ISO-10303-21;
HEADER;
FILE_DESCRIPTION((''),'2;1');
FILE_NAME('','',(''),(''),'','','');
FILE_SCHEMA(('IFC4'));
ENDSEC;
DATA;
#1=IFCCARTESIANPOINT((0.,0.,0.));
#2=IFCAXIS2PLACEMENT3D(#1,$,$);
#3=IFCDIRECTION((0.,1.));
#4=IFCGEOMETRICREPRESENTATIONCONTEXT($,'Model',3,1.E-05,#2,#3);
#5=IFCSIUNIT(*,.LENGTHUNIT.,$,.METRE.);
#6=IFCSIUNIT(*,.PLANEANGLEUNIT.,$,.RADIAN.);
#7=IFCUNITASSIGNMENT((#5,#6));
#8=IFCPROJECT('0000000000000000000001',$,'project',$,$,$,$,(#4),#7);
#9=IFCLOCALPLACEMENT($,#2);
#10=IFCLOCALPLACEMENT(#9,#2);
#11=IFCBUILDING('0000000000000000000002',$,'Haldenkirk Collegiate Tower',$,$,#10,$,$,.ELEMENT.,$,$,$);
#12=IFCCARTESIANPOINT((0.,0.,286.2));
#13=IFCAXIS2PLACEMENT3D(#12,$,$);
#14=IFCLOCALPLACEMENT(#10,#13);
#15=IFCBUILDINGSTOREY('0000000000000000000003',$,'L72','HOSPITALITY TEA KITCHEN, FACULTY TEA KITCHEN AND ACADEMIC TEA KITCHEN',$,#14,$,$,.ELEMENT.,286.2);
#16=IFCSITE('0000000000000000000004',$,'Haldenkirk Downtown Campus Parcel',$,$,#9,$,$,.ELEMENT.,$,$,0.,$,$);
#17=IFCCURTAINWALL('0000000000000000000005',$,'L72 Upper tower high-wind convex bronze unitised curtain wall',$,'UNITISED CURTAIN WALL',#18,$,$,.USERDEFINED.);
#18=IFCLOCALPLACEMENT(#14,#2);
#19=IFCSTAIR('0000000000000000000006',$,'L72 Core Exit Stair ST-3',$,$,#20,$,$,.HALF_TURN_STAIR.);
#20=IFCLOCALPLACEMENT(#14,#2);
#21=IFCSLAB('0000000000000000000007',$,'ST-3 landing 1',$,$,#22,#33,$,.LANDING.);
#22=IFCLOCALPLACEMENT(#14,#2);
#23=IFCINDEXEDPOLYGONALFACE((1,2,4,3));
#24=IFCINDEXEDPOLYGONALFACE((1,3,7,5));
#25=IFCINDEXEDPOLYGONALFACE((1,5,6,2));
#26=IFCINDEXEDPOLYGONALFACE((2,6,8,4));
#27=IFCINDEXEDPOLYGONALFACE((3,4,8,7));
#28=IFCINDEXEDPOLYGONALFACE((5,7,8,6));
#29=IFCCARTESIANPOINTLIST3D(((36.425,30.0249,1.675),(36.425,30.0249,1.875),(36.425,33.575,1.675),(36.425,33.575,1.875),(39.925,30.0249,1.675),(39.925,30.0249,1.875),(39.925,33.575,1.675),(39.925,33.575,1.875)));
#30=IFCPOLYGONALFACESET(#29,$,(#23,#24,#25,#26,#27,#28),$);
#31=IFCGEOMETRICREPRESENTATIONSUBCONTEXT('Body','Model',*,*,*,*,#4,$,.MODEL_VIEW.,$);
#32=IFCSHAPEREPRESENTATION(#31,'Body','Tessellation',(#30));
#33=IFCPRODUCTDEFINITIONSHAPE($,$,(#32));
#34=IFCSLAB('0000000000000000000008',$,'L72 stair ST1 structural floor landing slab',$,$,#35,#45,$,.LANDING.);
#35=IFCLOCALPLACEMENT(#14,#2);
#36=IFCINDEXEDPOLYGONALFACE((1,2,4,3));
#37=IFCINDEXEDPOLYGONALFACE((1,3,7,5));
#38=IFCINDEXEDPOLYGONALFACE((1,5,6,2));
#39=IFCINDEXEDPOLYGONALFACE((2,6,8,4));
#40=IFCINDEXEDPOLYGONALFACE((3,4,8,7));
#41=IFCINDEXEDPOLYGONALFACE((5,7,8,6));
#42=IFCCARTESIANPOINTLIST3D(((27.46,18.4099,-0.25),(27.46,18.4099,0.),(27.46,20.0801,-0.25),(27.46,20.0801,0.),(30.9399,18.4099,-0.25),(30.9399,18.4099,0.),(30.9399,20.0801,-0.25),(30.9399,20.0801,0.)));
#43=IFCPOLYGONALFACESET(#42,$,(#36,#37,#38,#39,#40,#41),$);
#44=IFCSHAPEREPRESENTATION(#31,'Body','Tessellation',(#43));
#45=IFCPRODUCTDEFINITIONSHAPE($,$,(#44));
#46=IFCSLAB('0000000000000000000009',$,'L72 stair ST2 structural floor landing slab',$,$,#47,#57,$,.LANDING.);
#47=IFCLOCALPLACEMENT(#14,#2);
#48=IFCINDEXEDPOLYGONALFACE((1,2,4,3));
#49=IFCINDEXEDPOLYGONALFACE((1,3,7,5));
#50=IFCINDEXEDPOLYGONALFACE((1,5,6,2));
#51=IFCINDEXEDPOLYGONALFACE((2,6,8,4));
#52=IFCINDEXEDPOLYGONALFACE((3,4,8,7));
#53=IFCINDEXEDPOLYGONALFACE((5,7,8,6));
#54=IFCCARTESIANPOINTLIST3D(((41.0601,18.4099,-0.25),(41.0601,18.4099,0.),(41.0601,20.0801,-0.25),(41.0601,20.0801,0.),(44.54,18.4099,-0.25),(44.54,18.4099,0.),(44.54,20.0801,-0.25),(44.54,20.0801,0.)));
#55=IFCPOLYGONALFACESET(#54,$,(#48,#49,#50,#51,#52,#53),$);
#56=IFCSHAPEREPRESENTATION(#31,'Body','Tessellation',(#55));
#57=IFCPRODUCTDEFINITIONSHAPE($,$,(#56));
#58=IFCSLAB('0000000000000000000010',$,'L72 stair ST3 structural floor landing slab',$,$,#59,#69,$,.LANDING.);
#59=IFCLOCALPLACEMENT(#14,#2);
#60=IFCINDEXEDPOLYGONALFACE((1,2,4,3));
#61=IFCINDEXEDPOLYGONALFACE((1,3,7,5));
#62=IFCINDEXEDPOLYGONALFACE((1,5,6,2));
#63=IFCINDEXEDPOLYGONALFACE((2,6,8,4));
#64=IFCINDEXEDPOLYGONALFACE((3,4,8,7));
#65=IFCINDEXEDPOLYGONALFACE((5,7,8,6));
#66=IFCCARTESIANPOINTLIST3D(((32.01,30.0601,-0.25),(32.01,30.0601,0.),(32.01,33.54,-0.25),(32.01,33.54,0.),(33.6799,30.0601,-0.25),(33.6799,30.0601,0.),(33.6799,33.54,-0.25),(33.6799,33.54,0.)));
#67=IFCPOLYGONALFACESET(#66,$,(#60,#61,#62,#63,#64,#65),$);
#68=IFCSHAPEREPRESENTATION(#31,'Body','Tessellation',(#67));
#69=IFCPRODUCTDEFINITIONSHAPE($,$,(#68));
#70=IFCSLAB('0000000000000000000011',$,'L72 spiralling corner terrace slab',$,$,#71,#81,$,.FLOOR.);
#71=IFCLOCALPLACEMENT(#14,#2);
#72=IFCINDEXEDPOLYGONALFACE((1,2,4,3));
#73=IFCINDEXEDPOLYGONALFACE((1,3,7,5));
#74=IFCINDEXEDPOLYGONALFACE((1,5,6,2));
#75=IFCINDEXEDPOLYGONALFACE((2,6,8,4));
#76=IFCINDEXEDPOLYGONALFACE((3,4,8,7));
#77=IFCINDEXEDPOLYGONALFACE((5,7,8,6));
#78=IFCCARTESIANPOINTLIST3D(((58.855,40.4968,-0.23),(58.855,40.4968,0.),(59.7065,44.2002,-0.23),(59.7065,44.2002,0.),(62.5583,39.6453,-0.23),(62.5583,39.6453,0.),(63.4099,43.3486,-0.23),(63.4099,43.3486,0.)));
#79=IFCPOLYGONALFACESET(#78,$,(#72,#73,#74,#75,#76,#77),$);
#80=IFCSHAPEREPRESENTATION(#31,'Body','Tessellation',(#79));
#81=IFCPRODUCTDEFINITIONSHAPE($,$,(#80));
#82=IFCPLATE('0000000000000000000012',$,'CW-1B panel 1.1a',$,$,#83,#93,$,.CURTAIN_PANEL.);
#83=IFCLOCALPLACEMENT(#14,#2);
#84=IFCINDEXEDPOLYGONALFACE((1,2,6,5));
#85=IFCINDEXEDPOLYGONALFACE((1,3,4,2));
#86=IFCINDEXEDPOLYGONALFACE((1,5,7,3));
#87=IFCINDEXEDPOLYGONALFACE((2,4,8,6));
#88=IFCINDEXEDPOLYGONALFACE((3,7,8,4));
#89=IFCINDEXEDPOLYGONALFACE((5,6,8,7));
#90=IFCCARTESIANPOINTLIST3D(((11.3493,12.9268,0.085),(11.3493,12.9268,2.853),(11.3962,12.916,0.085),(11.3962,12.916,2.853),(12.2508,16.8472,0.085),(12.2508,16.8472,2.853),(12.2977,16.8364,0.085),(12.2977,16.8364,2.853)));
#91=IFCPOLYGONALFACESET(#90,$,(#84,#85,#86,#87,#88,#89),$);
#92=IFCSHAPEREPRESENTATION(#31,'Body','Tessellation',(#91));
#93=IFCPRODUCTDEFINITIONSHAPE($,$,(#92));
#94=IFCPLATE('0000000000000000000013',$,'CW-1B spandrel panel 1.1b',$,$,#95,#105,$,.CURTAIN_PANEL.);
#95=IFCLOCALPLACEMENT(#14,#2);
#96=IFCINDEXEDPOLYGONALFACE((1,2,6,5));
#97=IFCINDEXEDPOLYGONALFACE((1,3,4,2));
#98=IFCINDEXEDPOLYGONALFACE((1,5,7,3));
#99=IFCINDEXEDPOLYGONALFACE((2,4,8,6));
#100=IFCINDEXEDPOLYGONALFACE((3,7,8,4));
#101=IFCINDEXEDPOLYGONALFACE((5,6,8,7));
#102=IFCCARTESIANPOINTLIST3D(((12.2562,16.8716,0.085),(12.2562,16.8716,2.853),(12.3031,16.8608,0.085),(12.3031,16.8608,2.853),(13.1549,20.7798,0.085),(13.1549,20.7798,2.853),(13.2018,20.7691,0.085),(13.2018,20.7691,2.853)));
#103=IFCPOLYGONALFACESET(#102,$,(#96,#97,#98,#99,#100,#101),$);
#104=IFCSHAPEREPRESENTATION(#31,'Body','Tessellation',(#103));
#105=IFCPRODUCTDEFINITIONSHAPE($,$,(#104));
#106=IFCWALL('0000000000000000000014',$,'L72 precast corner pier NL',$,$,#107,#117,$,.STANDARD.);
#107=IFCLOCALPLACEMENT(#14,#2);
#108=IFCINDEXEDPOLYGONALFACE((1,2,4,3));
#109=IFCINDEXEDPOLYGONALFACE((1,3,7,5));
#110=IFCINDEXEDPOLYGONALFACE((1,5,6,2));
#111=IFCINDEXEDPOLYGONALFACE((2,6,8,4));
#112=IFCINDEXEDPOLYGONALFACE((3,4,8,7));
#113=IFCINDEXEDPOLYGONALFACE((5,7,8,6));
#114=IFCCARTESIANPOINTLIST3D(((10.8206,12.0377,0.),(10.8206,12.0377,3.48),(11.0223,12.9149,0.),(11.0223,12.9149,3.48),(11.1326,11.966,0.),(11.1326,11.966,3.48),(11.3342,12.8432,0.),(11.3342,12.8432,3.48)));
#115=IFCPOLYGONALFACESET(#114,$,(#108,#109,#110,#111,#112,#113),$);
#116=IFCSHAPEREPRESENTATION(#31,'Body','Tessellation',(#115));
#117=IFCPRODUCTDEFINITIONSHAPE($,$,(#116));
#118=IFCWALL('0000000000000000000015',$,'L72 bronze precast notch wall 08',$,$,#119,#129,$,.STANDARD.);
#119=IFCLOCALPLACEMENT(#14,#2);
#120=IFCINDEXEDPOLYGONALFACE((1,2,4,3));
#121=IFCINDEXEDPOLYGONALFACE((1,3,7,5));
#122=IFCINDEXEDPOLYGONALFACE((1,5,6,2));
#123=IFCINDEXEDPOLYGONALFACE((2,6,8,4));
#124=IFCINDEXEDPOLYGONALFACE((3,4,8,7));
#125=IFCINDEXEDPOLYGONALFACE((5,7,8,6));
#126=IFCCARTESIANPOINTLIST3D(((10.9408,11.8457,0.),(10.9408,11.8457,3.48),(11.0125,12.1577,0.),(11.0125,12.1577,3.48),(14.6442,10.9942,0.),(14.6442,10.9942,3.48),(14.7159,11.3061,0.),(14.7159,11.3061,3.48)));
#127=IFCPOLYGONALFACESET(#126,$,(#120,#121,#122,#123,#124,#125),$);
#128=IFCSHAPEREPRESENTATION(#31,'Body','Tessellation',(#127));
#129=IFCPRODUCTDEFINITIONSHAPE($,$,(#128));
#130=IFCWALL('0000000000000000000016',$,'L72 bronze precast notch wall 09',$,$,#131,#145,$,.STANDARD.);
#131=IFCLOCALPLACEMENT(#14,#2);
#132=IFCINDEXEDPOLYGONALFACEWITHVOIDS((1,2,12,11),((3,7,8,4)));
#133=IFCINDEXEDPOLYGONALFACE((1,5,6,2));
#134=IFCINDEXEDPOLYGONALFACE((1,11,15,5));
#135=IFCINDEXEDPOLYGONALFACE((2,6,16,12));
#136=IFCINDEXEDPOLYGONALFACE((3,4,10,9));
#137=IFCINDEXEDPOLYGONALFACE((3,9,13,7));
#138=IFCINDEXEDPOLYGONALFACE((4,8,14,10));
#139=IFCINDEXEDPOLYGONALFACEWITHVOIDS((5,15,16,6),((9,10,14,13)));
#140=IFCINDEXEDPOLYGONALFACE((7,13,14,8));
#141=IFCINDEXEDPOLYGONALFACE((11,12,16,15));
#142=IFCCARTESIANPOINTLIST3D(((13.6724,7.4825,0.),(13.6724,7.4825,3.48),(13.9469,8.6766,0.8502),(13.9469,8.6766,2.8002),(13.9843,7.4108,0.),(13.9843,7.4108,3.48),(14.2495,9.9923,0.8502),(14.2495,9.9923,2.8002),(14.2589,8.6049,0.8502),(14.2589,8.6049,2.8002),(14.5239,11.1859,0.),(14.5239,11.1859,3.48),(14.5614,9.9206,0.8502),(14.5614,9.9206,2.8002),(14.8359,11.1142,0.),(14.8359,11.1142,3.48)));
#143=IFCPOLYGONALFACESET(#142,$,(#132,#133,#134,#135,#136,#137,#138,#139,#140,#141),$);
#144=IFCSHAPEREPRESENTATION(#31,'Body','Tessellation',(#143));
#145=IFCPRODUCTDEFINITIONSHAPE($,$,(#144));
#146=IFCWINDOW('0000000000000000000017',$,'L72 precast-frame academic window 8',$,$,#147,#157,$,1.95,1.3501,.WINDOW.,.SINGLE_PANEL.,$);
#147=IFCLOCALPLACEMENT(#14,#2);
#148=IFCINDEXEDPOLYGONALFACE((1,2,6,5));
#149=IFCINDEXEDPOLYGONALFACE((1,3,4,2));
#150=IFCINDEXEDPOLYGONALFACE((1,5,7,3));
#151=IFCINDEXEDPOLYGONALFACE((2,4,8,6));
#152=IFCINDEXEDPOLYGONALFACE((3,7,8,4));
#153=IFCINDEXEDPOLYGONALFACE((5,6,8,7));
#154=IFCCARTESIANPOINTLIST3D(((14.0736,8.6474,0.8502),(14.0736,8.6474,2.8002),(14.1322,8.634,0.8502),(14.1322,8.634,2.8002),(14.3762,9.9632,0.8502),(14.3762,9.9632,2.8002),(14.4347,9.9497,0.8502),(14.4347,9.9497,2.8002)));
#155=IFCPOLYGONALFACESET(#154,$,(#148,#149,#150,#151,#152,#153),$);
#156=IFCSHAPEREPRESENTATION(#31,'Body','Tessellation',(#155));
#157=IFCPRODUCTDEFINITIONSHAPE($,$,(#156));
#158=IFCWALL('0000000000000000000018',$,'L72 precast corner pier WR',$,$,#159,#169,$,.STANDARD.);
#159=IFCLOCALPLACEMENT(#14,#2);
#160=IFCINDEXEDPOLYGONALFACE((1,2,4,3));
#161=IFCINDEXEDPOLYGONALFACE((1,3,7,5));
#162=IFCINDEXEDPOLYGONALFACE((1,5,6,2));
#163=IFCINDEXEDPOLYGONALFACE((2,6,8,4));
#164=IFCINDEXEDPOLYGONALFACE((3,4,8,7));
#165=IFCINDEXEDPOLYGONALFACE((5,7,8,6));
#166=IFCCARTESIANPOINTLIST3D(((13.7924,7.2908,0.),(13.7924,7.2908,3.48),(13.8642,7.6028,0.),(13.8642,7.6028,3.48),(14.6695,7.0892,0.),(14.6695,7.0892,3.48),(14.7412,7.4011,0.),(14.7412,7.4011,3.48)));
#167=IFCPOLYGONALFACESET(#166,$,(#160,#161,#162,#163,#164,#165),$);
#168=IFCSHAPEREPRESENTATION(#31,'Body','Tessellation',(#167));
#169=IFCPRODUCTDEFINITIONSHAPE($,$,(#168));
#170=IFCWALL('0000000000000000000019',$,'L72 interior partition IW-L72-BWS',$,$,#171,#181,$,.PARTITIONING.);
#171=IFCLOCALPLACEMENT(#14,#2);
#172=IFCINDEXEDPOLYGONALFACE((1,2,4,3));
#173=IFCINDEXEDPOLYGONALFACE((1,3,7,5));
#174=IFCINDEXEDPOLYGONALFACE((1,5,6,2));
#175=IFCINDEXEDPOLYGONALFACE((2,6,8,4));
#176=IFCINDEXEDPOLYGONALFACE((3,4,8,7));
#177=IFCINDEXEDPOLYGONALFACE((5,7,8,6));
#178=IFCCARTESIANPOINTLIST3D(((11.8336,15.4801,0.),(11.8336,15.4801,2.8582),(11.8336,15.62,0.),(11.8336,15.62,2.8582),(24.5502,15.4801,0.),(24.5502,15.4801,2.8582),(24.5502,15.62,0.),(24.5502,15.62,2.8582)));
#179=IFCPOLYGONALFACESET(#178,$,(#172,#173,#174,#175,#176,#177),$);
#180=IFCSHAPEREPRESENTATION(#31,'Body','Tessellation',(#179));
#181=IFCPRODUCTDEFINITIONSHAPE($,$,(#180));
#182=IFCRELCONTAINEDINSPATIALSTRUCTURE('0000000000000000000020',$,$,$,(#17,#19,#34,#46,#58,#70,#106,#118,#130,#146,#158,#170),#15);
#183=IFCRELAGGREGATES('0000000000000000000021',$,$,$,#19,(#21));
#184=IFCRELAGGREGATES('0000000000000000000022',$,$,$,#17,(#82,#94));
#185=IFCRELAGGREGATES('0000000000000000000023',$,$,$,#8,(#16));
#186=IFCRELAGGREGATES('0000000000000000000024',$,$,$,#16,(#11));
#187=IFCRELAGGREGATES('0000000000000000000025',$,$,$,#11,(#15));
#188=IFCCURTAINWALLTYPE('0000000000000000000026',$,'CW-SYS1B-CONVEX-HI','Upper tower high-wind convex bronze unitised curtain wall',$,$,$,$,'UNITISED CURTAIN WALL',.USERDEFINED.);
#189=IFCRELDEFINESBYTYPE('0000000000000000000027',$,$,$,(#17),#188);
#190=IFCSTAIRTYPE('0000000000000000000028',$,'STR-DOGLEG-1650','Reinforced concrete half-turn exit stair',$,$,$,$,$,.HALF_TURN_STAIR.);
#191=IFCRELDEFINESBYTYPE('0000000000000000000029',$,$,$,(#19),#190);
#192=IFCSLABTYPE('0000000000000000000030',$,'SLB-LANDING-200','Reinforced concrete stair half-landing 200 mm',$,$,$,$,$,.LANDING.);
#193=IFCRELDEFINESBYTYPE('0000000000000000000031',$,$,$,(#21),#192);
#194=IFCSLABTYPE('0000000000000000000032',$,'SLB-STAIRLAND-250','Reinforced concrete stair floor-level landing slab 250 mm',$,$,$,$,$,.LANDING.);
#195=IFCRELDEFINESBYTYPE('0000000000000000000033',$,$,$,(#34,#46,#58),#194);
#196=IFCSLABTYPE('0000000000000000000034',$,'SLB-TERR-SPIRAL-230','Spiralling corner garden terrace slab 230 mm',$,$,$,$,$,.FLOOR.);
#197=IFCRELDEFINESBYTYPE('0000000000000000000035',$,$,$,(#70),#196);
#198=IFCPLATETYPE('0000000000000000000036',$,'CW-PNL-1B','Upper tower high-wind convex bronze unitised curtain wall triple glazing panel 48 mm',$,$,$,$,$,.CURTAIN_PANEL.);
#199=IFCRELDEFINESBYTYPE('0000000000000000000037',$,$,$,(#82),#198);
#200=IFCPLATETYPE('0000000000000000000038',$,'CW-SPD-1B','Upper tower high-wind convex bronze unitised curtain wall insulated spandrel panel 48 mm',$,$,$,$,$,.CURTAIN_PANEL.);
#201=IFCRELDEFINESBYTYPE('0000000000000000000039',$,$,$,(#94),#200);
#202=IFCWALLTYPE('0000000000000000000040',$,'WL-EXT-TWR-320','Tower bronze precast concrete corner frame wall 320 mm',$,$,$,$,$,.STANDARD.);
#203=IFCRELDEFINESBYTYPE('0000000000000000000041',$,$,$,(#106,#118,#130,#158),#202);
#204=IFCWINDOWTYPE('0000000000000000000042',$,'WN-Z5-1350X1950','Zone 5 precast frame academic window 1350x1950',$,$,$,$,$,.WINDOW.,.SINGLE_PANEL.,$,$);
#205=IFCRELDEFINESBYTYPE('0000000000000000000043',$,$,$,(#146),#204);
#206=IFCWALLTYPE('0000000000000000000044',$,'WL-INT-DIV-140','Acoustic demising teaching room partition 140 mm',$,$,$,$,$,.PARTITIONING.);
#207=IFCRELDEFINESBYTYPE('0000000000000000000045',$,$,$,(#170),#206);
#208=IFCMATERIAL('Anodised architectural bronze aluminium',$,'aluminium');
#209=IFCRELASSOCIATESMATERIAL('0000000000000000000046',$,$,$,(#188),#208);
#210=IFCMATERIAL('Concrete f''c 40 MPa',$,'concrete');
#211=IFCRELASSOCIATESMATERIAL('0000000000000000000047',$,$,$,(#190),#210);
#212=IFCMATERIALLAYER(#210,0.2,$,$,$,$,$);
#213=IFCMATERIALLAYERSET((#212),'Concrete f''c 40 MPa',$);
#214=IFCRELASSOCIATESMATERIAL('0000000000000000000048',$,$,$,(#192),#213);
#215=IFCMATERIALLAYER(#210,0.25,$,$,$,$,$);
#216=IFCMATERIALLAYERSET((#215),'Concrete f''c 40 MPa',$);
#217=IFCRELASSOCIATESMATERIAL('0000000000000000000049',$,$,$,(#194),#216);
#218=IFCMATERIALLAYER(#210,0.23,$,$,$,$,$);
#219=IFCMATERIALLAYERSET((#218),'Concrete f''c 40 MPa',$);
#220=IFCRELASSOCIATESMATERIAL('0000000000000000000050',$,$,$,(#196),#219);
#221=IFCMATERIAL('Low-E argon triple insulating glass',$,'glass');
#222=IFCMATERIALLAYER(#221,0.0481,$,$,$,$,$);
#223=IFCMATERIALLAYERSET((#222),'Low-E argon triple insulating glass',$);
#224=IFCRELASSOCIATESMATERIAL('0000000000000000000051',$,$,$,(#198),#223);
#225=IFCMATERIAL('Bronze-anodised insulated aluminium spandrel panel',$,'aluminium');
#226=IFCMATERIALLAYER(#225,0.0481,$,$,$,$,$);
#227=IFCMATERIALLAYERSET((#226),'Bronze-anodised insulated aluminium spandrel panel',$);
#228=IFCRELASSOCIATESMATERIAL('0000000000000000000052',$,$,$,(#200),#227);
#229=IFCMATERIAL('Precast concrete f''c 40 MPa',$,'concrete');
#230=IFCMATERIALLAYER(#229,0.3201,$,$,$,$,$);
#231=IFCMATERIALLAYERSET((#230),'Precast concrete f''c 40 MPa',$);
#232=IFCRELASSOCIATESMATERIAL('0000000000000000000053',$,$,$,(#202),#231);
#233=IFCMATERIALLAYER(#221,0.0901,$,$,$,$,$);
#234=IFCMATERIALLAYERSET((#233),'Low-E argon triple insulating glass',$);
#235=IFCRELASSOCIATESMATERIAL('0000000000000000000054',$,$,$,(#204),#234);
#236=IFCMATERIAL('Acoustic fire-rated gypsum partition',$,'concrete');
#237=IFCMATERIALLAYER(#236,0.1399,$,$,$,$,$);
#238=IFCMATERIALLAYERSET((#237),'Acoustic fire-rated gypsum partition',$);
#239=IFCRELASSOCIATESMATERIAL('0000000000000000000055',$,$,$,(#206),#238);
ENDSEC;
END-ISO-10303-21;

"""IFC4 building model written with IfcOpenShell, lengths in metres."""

from ifc_helpers import new_model, si_unit, direction, frame, frame_2d, origin, origin_2d, place, context, subcontext, project, spatial, polyline, rectangle, outline, extrude, source, transform, mapped, material, layer, layer_set, type_object, element, fill, aggregate, save


model = new_model("IFC4")

# Units and contexts
model_context = context("Model", 3, precision=1e-05, world=origin(), true_north=direction((0.0, 1.0)))
body_context = subcontext(model_context, "Body", "Model", "MODEL_VIEW")
ifc_project = project(units=[si_unit("LENGTHUNIT", "METRE"), si_unit("PLANEANGLEUNIT", "RADIAN")], contexts=[model_context])

# Site, building, storey
site_placement = place(None, origin())
site = spatial("IfcSite", under=ifc_project, at=site_placement, Name="Haldenkirk Downtown Campus Parcel", CompositionType="ELEMENT", RefElevation=0.0)
building_placement = place(site_placement, origin())
building = spatial("IfcBuilding", under=site, at=building_placement, Name="Haldenkirk Collegiate Tower", CompositionType="ELEMENT")
storey_placement = place(building_placement, frame((0.0, 0.0, 286.2)))
storey = spatial("IfcBuildingStorey", under=building, at=storey_placement, Name="L72", Description="HOSPITALITY TEA KITCHEN, FACULTY TEA KITCHEN AND ACADEMIC TEA KITCHEN", CompositionType="ELEMENT", Elevation=286.2)

# Curtain wall
ifc_material_1 = material(Name="Anodised architectural bronze aluminium", Category="aluminium")
curtain_wall_type = type_object("IfcCurtainWallType", Name="CW-SYS1B-CONVEX-HI", Description="Upper tower high-wind convex bronze unitised curtain wall", ElementType="UNITISED CURTAIN WALL", PredefinedType="USERDEFINED", material=ifc_material_1)
curtain_wall_placement = place(storey_placement, origin())
curtain_wall = element("IfcCurtainWall", 1, at=curtain_wall_placement, inside=storey, type_object=curtain_wall_type, Name="L72 Upper tower high-wind convex bronze unitised curtain wall", ObjectType="UNITISED CURTAIN WALL", PredefinedType="USERDEFINED")

# Shared definitions
ifc_material_2 = material(Name="Concrete f'c 40 MPa", Category="concrete")

# Stair, slab
stair_type = type_object("IfcStairType", Name="STR-DOGLEG-1650", Description="Reinforced concrete half-turn exit stair", PredefinedType="HALF_TURN_STAIR", material=ifc_material_2)
ifc_layer_1 = layer(ifc_material_2, 0.2)
ifc_layer_set_1 = layer_set([ifc_layer_1], Name="Concrete f'c 40 MPa")
slab_type_1 = type_object("IfcSlabType", Name="SLB-LANDING-200", Description="Reinforced concrete stair half-landing 200 mm", PredefinedType="LANDING", material=ifc_layer_set_1)
stair_1_placement = place(storey_placement, origin())
stair_1 = element("IfcStair", 2, at=stair_1_placement, inside=storey, type_object=stair_type, Name="L72 Core Exit Stair ST-3", PredefinedType="HALF_TURN_STAIR")
slab_1_placement = place(storey_placement, frame((0.0, 0.0, 1.675)))
slab_1 = element("IfcSlab", 3, at=slab_1_placement, type_object=slab_type_1, Name="ST-3 landing 1", PredefinedType="LANDING", context=body_context, shape_type="SweptSolid", body=[
    extrude(outline(polyline([(36.425, 30.0249), (36.425, 33.575), (39.925, 33.575), (39.925, 30.0249), (36.425, 30.0249)])), origin(), (0.0, 0.0, 1.0), 0.2),
])
aggregate(stair_1, [slab_1])

# Slabs
ifc_layer_2 = layer(ifc_material_2, 0.25)
ifc_layer_set_2 = layer_set([ifc_layer_2], Name="Concrete f'c 40 MPa")
slab_type_2 = type_object("IfcSlabType", Name="SLB-STAIRLAND-250", Description="Reinforced concrete stair floor-level landing slab 250 mm", PredefinedType="LANDING", material=ifc_layer_set_2)
slab_2_placement = place(storey_placement, frame((0.0, 0.0, -0.25)))
element("IfcSlab", 4, at=slab_2_placement, inside=storey, type_object=slab_type_2, Name="L72 stair ST1 structural floor landing slab", PredefinedType="LANDING", context=body_context, shape_type="SweptSolid", body=[
    extrude(outline(polyline([(27.46, 18.4099), (30.9399, 18.4099), (30.9399, 20.0801), (27.46, 20.0801), (27.46, 18.4099)])), origin(), (0.0, 0.0, 1.0), 0.25),
])
slab_3_placement = place(storey_placement, frame((0.0, 0.0, -0.25)))
element("IfcSlab", 5, at=slab_3_placement, inside=storey, type_object=slab_type_2, Name="L72 stair ST2 structural floor landing slab", PredefinedType="LANDING", context=body_context, shape_type="SweptSolid", body=[
    extrude(outline(polyline([(41.0601, 18.4099), (44.54, 18.4099), (44.54, 20.0801), (41.0601, 20.0801), (41.0601, 18.4099)])), origin(), (0.0, 0.0, 1.0), 0.25),
])
slab_4_placement = place(storey_placement, frame((0.0, 0.0, -0.25)))
element("IfcSlab", 6, at=slab_4_placement, inside=storey, type_object=slab_type_2, Name="L72 stair ST3 structural floor landing slab", PredefinedType="LANDING", context=body_context, shape_type="SweptSolid", body=[
    extrude(outline(polyline([(32.01, 30.0601), (33.6799, 30.0601), (33.6799, 33.54), (32.01, 33.54), (32.01, 30.0601)])), origin(), (0.0, 0.0, 1.0), 0.25),
])
ifc_layer_3 = layer(ifc_material_2, 0.23)
ifc_layer_set_3 = layer_set([ifc_layer_3], Name="Concrete f'c 40 MPa")
slab_type_3 = type_object("IfcSlabType", Name="SLB-TERR-SPIRAL-230", Description="Spiralling corner garden terrace slab 230 mm", PredefinedType="FLOOR", material=ifc_layer_set_3)
slab_5_placement = place(storey_placement, frame((0.0, 0.0, -0.23)))
element("IfcSlab", 7, at=slab_5_placement, inside=storey, type_object=slab_type_3, Name="L72 spiralling corner terrace slab", PredefinedType="FLOOR", context=body_context, shape_type="SweptSolid", body=[
    extrude(outline(polyline([(62.5583, 39.6453), (63.4099, 43.3486), (59.7065, 44.2002), (58.855, 40.4968), (62.5583, 39.6453)])), origin(), (0.0, 0.0, 1.0), 0.23),
])

# Plates
ifc_material_3 = material(Name="Low-E argon triple insulating glass", Category="glass")
ifc_layer_4 = layer(ifc_material_3, 0.0481)
ifc_layer_set_4 = layer_set([ifc_layer_4], Name="Low-E argon triple insulating glass")
plate_type_1 = type_object("IfcPlateType", Name="CW-PNL-1B", Description="Upper tower high-wind convex bronze unitised curtain wall triple glazing panel 48 mm", PredefinedType="CURTAIN_PANEL", material=ifc_layer_set_4)
shared_shape_1 = source(origin(), body_context, "Body", "SweptSolid", [
    extrude(rectangle(XDim=4.0227, YDim=0.0481, at=origin_2d()), origin(), (0.0, 0.0, 1.0), 2.7681),
])
plate_1_placement = place(storey_placement, frame((11.8235, 14.8816, 0.085), z_axis=(0.0, 0.0, 1.0), x_axis=(0.224101, 0.974566, 0.0)))
plate_1 = element("IfcPlate", 8, at=plate_1_placement, type_object=plate_type_1, Name="CW-1B panel 1.1a", PredefinedType="CURTAIN_PANEL", context=body_context, shape_type="MappedRepresentation", body=[
    mapped(shared_shape_1, transform((0.0, 0.0, 0.0), x_axis=(1.0, 0.0, 0.0), y_axis=(0.0, 1.0, 0.0), z_axis=(0.0, 0.0, 1.0), scale=1.0)),
])
ifc_material_4 = material(Name="Bronze-anodised insulated aluminium spandrel panel", Category="aluminium")
ifc_layer_5 = layer(ifc_material_4, 0.0481)
ifc_layer_set_5 = layer_set([ifc_layer_5], Name="Bronze-anodised insulated aluminium spandrel panel")
plate_type_2 = type_object("IfcPlateType", Name="CW-SPD-1B", Description="Upper tower high-wind convex bronze unitised curtain wall insulated spandrel panel 48 mm", PredefinedType="CURTAIN_PANEL", material=ifc_layer_set_5)
shared_shape_2 = source(origin(), body_context, "Body", "SweptSolid", [
    extrude(rectangle(XDim=4.0103, YDim=0.0481, at=origin_2d()), origin(), (0.0, 0.0, 1.0), 2.7681),
])
plate_2_placement = place(storey_placement, frame((12.729, 18.8203, 0.085), z_axis=(0.0, 0.0, 1.0), x_axis=(0.224101, 0.974566, 0.0)))
plate_2 = element("IfcPlate", 9, at=plate_2_placement, type_object=plate_type_2, Name="CW-1B spandrel panel 1.1b", PredefinedType="CURTAIN_PANEL", context=body_context, shape_type="MappedRepresentation", body=[
    mapped(shared_shape_2, transform((0.0, 0.0, 0.0), x_axis=(1.0, 0.0, 0.0), y_axis=(0.0, 1.0, 0.0), z_axis=(0.0, 0.0, 1.0), scale=1.0)),
])
aggregate(curtain_wall, [plate_1, plate_2])

# Walls
ifc_material_5 = material(Name="Precast concrete f'c 40 MPa", Category="concrete")
ifc_layer_6 = layer(ifc_material_5, 0.3201)
ifc_layer_set_6 = layer_set([ifc_layer_6], Name="Precast concrete f'c 40 MPa")
wall_type_1 = type_object("IfcWallType", Name="WL-EXT-TWR-320", Description="Tower bronze precast concrete corner frame wall 320 mm", PredefinedType="STANDARD", material=ifc_layer_set_6)
wall_1_placement = place(storey_placement, frame((10.9766, 12.0017, 0.0), z_axis=(0.0, 0.0, 1.0), x_axis=(0.224047, 0.974578, 0.0)))
element("IfcWall", 10, at=wall_1_placement, inside=storey, type_object=wall_type_1, Name="L72 precast corner pier NL", PredefinedType="STANDARD", context=body_context, shape_type="SweptSolid", body=[
    extrude(rectangle(XDim=0.9001, YDim=0.3201, at=frame_2d((0.4502, 0.0))), origin(), (0.0, 0.0, 1.0), 3.48),
])
wall_2_placement = place(storey_placement, frame((14.6799, 11.1501, 0.0), z_axis=(0.0, 0.0, 1.0), x_axis=(-0.974567, 0.224095, 0.0)))
element("IfcWall", 11, at=wall_2_placement, inside=storey, type_object=wall_type_1, Name="L72 bronze precast notch wall 08", PredefinedType="STANDARD", context=body_context, shape_type="SweptSolid", body=[
    extrude(rectangle(XDim=3.8, YDim=0.3201, at=frame_2d((1.8999, 0.0))), origin(), (0.0, 0.0, 1.0), 3.48),
])

# Wall, opening, window
wall_3_placement = place(storey_placement, frame((13.8284, 7.4468, 0.0), z_axis=(0.0, 0.0, 1.0), x_axis=(0.224095, 0.974567, 0.0)))
wall_3 = element("IfcWall", 12, at=wall_3_placement, inside=storey, type_object=wall_type_1, Name="L72 bronze precast notch wall 09", PredefinedType="STANDARD", context=body_context, shape_type="SweptSolid", body=[
    extrude(rectangle(XDim=3.8, YDim=0.3201, at=frame_2d((1.8999, 0.0))), origin(), (0.0, 0.0, 1.0), 3.48),
])
opening_placement = place(wall_3_placement, frame((1.2251, 0.0, 0.8501)))
opening = element("IfcOpeningElement", 13, at=opening_placement, cuts=wall_3, PredefinedType="OPENING", context=body_context, shape_type="SweptSolid", body=[
    extrude(rectangle(XDim=1.3501, YDim=1.95, at=frame_2d((0.675, 0.9751))), frame((0.0, 0.1699, 0.0), z_axis=(0.0, -1.0, 0.0), x_axis=(1.0, 0.0, 0.0)), (0.0, 0.0, 1.0), 0.3401),
])
ifc_layer_7 = layer(ifc_material_3, 0.0901)
ifc_layer_set_7 = layer_set([ifc_layer_7], Name="Low-E argon triple insulating glass")
window_type = type_object("IfcWindowType", Name="WN-Z5-1350X1950", Description="Zone 5 precast frame academic window 1350x1950", PartitioningType="SINGLE_PANEL", PredefinedType="WINDOW", material=ifc_layer_set_7)
window_placement = place(opening_placement, origin())
window = element("IfcWindow", 14, at=window_placement, inside=storey, type_object=window_type, Name="L72 precast-frame academic window 8", OverallHeight=1.95, OverallWidth=1.3501, PartitioningType="SINGLE_PANEL", PredefinedType="WINDOW", context=body_context, shape_type="SweptSolid", body=[
    extrude(rectangle(XDim=1.3501, YDim=1.95, at=frame_2d((0.675, 0.9751))), frame((0.0, 0.03, 0.0), z_axis=(0.0, -1.0, 0.0), x_axis=(1.0, 0.0, 0.0)), (0.0, 0.0, 1.0), 0.0601),
])
fill(opening, window)

# Walls
wall_4_placement = place(storey_placement, frame((14.7053, 7.2451, 0.0), z_axis=(0.0, 0.0, 1.0), x_axis=(-0.974565, 0.224106, 0.0)))
element("IfcWall", 15, at=wall_4_placement, inside=storey, type_object=wall_type_1, Name="L72 precast corner pier WR", PredefinedType="STANDARD", context=body_context, shape_type="SweptSolid", body=[
    extrude(rectangle(XDim=0.8999, YDim=0.3201, at=frame_2d((0.45, 0.0))), origin(), (0.0, 0.0, 1.0), 3.48),
])
ifc_material_6 = material(Name="Acoustic fire-rated gypsum partition", Category="concrete")
ifc_layer_8 = layer(ifc_material_6, 0.1399)
ifc_layer_set_8 = layer_set([ifc_layer_8], Name="Acoustic fire-rated gypsum partition")
wall_type_2 = type_object("IfcWallType", Name="WL-INT-DIV-140", Description="Acoustic demising teaching room partition 140 mm", PredefinedType="PARTITIONING", material=ifc_layer_set_8)
wall_5_placement = place(storey_placement, frame((11.8335, 15.55, 0.0), z_axis=(0.0, 0.0, 1.0), x_axis=(1.0, 0.0, 0.0)))
element("IfcWall", 16, at=wall_5_placement, inside=storey, type_object=wall_type_2, Name="L72 interior partition IW-L72-BWS", PredefinedType="PARTITIONING", context=body_context, shape_type="SweptSolid", body=[
    extrude(rectangle(XDim=12.7166, YDim=0.1399, at=frame_2d((6.3584, 0.0))), origin(), (0.0, 0.0, 1.0), 2.8582),
])

save(model, "model.ifc")
